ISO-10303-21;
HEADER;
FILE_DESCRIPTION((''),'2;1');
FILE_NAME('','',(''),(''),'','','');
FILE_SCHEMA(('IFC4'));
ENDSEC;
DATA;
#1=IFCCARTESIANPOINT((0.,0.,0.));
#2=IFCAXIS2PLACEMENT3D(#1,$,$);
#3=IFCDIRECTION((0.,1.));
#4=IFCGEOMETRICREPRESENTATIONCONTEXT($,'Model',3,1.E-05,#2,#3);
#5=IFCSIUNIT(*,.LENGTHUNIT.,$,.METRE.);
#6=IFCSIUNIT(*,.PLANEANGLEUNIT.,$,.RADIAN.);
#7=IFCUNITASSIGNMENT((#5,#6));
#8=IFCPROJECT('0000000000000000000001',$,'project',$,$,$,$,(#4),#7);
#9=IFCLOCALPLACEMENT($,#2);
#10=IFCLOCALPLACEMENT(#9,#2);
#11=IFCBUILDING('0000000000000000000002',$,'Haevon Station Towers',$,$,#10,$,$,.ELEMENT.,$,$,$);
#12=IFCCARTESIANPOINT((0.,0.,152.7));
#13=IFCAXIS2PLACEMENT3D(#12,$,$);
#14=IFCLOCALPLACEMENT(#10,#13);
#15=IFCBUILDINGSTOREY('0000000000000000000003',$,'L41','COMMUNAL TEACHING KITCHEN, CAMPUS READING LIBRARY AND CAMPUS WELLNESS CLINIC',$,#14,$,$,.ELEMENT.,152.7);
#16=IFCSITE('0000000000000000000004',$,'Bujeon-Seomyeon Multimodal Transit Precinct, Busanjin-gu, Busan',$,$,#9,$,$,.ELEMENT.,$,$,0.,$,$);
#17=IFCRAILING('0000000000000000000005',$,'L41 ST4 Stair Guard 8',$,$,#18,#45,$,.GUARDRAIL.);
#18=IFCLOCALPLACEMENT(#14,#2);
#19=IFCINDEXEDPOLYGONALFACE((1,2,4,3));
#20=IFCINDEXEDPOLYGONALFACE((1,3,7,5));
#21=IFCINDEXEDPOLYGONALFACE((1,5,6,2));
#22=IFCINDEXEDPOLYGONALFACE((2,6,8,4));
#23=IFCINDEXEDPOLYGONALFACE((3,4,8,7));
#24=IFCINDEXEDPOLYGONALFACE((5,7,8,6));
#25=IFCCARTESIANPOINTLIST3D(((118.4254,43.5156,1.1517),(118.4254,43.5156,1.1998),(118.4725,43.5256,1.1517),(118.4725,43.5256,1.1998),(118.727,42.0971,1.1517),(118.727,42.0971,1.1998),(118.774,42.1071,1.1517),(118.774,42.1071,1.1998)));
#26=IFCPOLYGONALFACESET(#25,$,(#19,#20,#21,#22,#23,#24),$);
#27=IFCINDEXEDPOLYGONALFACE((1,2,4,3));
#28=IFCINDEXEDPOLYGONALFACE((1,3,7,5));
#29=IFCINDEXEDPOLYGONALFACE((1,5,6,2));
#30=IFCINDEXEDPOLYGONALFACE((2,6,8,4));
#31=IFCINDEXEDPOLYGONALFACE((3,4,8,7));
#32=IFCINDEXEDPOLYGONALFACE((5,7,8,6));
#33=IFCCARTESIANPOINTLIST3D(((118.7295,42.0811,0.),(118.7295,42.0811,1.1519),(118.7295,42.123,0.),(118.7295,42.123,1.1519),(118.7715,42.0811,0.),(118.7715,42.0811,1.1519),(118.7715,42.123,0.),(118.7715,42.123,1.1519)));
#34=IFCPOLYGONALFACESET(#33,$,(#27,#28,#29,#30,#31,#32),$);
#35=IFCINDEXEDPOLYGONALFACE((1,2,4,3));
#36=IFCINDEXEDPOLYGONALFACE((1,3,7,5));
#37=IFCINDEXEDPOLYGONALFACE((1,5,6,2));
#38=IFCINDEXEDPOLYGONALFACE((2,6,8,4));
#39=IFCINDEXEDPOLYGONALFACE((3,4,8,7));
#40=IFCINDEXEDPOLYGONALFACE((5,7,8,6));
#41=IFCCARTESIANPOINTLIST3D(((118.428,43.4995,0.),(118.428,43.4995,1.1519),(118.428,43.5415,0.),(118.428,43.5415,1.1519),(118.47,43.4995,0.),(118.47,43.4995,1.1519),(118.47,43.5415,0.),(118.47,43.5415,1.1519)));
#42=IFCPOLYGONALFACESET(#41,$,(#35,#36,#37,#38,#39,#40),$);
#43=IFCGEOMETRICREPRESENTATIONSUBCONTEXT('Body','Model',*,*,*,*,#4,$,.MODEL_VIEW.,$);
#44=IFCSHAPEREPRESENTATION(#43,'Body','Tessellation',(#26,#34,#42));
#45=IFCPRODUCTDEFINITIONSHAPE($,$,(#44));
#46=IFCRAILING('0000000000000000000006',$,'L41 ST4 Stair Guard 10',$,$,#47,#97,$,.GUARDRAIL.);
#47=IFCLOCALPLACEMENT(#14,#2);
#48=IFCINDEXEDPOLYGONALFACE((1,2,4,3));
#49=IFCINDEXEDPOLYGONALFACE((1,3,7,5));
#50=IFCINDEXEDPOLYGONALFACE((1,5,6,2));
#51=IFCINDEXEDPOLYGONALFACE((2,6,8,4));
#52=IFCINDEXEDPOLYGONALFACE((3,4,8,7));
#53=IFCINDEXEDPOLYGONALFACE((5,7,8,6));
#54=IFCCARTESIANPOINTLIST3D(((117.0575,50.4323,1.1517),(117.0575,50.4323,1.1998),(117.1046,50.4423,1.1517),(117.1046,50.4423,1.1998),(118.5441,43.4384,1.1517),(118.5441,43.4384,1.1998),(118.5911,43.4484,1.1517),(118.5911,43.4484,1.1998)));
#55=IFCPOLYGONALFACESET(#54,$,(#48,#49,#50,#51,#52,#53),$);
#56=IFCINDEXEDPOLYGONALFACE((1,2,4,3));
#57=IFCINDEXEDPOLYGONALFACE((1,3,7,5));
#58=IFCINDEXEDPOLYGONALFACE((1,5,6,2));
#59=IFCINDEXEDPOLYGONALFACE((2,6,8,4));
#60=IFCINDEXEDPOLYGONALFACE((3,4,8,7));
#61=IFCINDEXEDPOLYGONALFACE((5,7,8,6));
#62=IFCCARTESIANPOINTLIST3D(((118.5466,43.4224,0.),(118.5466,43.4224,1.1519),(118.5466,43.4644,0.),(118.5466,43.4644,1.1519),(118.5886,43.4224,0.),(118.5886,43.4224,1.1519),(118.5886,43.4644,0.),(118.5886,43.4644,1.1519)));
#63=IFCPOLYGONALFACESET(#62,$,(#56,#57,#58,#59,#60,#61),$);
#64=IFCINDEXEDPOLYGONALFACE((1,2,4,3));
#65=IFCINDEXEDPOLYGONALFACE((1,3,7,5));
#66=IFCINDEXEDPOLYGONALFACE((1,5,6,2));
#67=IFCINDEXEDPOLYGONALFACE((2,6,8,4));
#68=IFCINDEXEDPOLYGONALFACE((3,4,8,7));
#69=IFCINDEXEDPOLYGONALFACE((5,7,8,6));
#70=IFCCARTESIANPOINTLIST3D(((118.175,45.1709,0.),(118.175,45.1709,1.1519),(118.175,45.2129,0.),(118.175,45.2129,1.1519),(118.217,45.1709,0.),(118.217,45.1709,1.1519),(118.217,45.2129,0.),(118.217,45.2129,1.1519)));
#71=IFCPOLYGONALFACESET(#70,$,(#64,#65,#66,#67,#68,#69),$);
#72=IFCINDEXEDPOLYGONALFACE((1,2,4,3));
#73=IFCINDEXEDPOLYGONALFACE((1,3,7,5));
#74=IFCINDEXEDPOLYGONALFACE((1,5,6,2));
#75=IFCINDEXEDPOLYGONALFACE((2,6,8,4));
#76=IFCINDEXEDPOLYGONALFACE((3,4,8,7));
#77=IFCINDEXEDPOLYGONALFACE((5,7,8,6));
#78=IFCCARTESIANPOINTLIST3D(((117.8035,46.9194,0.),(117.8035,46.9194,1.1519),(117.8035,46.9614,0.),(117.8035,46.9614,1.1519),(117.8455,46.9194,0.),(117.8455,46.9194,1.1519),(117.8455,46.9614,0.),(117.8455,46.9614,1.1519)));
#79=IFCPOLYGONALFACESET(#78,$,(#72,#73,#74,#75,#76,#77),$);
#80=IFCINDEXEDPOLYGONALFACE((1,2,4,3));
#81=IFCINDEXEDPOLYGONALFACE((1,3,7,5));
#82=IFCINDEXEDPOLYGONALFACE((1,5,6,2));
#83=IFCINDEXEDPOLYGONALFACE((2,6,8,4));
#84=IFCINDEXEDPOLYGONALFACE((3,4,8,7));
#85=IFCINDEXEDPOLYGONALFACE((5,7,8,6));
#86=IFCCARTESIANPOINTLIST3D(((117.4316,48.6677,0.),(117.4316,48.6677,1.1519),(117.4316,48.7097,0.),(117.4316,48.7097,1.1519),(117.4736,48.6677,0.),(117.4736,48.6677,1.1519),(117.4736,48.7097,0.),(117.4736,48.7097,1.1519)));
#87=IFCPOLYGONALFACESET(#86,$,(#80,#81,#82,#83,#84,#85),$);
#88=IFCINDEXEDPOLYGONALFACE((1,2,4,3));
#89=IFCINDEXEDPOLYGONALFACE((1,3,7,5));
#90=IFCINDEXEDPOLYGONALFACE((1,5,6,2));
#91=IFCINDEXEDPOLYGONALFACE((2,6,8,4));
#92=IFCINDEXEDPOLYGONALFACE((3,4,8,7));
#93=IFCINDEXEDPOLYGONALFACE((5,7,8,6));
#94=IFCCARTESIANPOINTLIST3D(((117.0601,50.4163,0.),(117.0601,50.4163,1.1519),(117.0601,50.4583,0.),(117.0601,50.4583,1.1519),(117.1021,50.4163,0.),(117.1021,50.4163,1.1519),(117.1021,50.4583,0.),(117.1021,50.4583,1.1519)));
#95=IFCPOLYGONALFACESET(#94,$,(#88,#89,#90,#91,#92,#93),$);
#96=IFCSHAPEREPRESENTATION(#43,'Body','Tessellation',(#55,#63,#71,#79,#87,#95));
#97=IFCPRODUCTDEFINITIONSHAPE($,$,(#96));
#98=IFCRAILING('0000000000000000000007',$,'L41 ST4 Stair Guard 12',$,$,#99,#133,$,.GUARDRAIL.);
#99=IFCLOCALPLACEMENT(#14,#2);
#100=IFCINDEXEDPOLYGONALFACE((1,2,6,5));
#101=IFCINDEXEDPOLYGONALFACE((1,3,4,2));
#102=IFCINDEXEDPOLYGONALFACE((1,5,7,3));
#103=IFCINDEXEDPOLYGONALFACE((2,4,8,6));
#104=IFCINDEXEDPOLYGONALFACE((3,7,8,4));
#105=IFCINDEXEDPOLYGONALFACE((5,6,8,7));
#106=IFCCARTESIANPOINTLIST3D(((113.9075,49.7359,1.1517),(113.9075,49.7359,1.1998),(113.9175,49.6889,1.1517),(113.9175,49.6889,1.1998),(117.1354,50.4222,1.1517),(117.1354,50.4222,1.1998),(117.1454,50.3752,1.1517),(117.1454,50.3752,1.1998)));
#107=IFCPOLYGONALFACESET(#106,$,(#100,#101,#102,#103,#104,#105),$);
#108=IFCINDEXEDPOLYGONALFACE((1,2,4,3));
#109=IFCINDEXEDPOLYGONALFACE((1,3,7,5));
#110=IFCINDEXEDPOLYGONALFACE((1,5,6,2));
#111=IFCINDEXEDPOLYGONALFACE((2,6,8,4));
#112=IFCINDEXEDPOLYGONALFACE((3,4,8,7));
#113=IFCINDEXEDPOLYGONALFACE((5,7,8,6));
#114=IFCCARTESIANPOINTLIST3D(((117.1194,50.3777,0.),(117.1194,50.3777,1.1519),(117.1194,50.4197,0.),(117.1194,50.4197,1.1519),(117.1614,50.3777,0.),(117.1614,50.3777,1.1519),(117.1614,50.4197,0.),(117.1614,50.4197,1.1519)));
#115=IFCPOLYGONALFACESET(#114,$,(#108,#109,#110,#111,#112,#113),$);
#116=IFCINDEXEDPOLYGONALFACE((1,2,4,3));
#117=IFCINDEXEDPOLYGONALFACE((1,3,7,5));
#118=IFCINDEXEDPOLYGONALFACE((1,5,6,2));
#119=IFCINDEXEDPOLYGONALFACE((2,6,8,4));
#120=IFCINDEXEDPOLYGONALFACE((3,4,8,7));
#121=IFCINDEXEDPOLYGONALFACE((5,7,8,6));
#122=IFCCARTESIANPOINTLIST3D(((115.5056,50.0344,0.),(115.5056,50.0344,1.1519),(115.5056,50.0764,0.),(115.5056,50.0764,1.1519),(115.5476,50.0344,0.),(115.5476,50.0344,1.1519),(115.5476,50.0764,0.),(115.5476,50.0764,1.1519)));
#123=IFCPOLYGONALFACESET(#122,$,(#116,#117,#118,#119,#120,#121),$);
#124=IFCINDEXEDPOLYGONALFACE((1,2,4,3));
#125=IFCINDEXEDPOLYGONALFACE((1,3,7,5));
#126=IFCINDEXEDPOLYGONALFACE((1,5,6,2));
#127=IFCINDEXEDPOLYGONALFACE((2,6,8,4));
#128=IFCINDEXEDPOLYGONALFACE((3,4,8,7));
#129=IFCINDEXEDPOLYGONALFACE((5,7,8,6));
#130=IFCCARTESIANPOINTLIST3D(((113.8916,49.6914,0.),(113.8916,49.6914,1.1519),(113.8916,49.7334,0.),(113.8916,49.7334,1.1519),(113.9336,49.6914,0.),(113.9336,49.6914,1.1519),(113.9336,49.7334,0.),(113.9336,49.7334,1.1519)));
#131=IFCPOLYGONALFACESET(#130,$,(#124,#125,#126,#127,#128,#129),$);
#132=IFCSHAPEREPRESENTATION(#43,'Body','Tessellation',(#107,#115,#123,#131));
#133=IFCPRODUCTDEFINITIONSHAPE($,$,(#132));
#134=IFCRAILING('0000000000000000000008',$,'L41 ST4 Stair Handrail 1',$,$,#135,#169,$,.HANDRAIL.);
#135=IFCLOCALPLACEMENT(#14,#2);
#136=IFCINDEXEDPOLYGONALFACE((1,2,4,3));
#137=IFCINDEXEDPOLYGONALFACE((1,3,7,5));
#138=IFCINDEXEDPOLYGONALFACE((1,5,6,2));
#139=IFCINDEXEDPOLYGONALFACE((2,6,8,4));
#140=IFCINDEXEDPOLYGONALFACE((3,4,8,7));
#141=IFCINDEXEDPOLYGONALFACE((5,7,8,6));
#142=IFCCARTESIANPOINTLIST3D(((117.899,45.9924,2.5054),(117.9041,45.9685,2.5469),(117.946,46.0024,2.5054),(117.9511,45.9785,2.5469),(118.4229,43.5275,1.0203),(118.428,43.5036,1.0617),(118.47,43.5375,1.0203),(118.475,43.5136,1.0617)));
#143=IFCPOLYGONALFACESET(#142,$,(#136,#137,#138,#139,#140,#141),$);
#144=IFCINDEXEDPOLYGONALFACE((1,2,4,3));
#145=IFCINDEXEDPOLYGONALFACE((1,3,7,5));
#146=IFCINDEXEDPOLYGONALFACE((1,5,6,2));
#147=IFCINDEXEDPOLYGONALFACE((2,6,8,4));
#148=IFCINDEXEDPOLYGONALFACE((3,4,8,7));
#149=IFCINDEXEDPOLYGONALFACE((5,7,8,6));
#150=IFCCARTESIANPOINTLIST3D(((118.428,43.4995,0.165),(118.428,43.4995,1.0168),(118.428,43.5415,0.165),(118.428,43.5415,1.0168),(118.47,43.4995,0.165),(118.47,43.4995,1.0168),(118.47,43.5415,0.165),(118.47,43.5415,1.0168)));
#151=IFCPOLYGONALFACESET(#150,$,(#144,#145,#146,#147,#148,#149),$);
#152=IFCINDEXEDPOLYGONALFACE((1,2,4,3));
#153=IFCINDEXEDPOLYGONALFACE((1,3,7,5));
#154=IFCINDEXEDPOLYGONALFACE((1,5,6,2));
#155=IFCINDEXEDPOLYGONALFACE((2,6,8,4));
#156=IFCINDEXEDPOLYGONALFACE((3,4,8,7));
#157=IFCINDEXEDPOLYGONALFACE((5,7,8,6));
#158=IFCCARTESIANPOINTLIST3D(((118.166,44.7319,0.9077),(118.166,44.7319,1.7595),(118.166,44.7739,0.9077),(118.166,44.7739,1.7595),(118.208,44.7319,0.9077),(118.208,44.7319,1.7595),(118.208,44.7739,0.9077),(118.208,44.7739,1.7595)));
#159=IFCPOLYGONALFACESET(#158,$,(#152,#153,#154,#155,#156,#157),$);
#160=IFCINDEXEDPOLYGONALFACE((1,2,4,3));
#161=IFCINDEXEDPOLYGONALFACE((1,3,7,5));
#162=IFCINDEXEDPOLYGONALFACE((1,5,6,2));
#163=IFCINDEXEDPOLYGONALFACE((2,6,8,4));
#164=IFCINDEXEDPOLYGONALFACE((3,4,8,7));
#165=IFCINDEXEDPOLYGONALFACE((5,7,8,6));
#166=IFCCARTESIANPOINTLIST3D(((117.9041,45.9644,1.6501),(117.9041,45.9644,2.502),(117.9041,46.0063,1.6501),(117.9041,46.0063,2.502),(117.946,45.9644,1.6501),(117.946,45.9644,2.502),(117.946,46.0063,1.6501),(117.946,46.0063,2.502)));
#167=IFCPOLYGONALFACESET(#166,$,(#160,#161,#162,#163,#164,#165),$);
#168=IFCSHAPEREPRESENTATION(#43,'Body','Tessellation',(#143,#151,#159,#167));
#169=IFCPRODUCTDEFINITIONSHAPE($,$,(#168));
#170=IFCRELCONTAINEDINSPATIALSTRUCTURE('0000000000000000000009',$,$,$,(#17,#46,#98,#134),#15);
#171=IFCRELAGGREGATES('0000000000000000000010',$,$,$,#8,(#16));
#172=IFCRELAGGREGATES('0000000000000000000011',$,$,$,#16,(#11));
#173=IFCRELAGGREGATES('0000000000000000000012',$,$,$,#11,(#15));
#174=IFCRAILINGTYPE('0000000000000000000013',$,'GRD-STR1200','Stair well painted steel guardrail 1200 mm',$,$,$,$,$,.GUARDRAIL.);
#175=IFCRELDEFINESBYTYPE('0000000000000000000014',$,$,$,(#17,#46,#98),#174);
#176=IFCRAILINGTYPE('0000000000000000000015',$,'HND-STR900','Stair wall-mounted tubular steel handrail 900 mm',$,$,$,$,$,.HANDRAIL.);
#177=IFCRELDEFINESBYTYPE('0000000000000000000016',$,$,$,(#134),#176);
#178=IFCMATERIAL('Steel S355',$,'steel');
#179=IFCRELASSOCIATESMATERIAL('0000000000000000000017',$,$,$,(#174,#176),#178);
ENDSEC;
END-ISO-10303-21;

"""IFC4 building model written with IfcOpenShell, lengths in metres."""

from ifc_helpers import new_model, si_unit, direction, frame, origin, origin_2d, place, context, subcontext, project, spatial, rectangle, extrude, material, type_object, element, save


model = new_model("IFC4")

# Units and contexts
model_context = context("Model", 3, precision=1e-05, world=origin(), true_north=direction((0.0, 1.0)))
body_context = subcontext(model_context, "Body", "Model", "MODEL_VIEW")
ifc_project = project(units=[si_unit("LENGTHUNIT", "METRE"), si_unit("PLANEANGLEUNIT", "RADIAN")], contexts=[model_context])

# Site, building, storey
site_placement = place(None, origin())
site = spatial("IfcSite", under=ifc_project, at=site_placement, Name="Bujeon-Seomyeon Multimodal Transit Precinct, Busanjin-gu, Busan", CompositionType="ELEMENT", RefElevation=0.0)
building_placement = place(site_placement, origin())
building = spatial("IfcBuilding", under=site, at=building_placement, Name="Haevon Station Towers", CompositionType="ELEMENT")
storey_placement = place(building_placement, frame((0.0, 0.0, 152.7)))
storey = spatial("IfcBuildingStorey", under=building, at=storey_placement, Name="L41", Description="COMMUNAL TEACHING KITCHEN, CAMPUS READING LIBRARY AND CAMPUS WELLNESS CLINIC", CompositionType="ELEMENT", Elevation=152.7)

# Shared definitions
ifc_material_1 = material(Name="Steel S355", Category="steel")

# Railings
railing_type_1 = type_object("IfcRailingType", Name="GRD-STR1200", Description="Stair well painted steel guardrail 1200 mm", PredefinedType="GUARDRAIL", material=ifc_material_1)
railing_1_placement = place(storey_placement, frame((118.7505, 42.1021, 0.0)))
element("IfcRailing", 1, at=railing_1_placement, inside=storey, type_object=railing_type_1, Name="L41 ST4 Stair Guard 8", PredefinedType="GUARDRAIL", context=body_context, shape_type="SweptSolid", body=[
    extrude(rectangle(XDim=0.0481, YDim=0.0481, at=origin_2d()), frame((0.0, 0.0, 1.1758), z_axis=(-0.207919, 0.978146, 0.0), x_axis=(-0.978146, -0.207919, 0.0)), (0.0, 0.0, 1.0), 1.4502),
    extrude(rectangle(XDim=0.042, YDim=0.042, at=origin_2d()), origin(), (0.0, 0.0, 1.0), 1.1519),
    extrude(rectangle(XDim=0.042, YDim=0.042, at=origin_2d()), frame((-0.3015, 1.4185, 0.0)), (0.0, 0.0, 1.0), 1.1519),
])
railing_2_placement = place(storey_placement, frame((118.5676, 43.4434, 0.0)))
element("IfcRailing", 2, at=railing_2_placement, inside=storey, type_object=railing_type_1, Name="L41 ST4 Stair Guard 10", PredefinedType="GUARDRAIL", context=body_context, shape_type="SweptSolid", body=[
    extrude(rectangle(XDim=0.0481, YDim=0.0481, at=origin_2d()), frame((0.0, 0.0, 1.1758), z_axis=(-0.207908, 0.978148, 0.0), x_axis=(-0.978148, -0.207908, 0.0)), (0.0, 0.0, 1.0), 7.1501),
    extrude(rectangle(XDim=0.042, YDim=0.042, at=origin_2d()), origin(), (0.0, 0.0, 1.0), 1.1519),
    extrude(rectangle(XDim=0.042, YDim=0.042, at=origin_2d()), frame((-0.3716, 1.7485, 0.0)), (0.0, 0.0, 1.0), 1.1519),
    extrude(rectangle(XDim=0.042, YDim=0.042, at=origin_2d()), frame((-0.7432, 3.4971, 0.0)), (0.0, 0.0, 1.0), 1.1519),
    extrude(rectangle(XDim=0.042, YDim=0.042, at=origin_2d()), frame((-1.115, 5.2454, 0.0)), (0.0, 0.0, 1.0), 1.1519),
    extrude(rectangle(XDim=0.042, YDim=0.042, at=origin_2d()), frame((-1.4866, 6.9939, 0.0)), (0.0, 0.0, 1.0), 1.1519),
])
railing_3_placement = place(storey_placement, frame((117.1404, 50.3987, 0.0)))
element("IfcRailing", 3, at=railing_3_placement, inside=storey, type_object=railing_type_1, Name="L41 ST4 Stair Guard 12", PredefinedType="GUARDRAIL", context=body_context, shape_type="SweptSolid", body=[
    extrude(rectangle(XDim=0.0481, YDim=0.0481, at=origin_2d()), frame((0.0, 0.0, 1.1758), z_axis=(-0.978136, -0.207968, 0.0), x_axis=(0.207968, -0.978136, 0.0)), (0.0, 0.0, 1.0), 3.3),
    extrude(rectangle(XDim=0.042, YDim=0.042, at=origin_2d()), origin(), (0.0, 0.0, 1.0), 1.1519),
    extrude(rectangle(XDim=0.042, YDim=0.042, at=origin_2d()), frame((-1.6138, -0.3433, 0.0)), (0.0, 0.0, 1.0), 1.1519),
    extrude(rectangle(XDim=0.042, YDim=0.042, at=origin_2d()), frame((-3.2278, -0.6863, 0.0)), (0.0, 0.0, 1.0), 1.1519),
])
railing_type_2 = type_object("IfcRailingType", Name="HND-STR900", Description="Stair wall-mounted tubular steel handrail 900 mm", PredefinedType="HANDRAIL", material=ifc_material_1)
railing_4_placement = place(storey_placement, frame((118.449, 43.5205, 0.165)))
element("IfcRailing", 4, at=railing_4_placement, inside=storey, type_object=railing_type_2, Name="L41 ST4 Stair Handrail 1", PredefinedType="HANDRAIL", context=body_context, shape_type="SweptSolid", body=[
    extrude(rectangle(XDim=0.0481, YDim=0.0481, at=origin_2d()), frame((0.0, 0.0, 0.876), z_axis=(-0.179121, 0.842688, 0.507733), x_axis=(-0.978147, -0.207914, 0.0)), (0.0, 0.0, 1.0), 2.925),
    extrude(rectangle(XDim=0.042, YDim=0.042, at=origin_2d()), origin(), (0.0, 0.0, 1.0), 0.8518),
    extrude(rectangle(XDim=0.042, YDim=0.042, at=origin_2d()), frame((-0.262, 1.2324, 0.7427)), (0.0, 0.0, 1.0), 0.8518),
    extrude(rectangle(XDim=0.042, YDim=0.042, at=origin_2d()), frame((-0.5239, 2.4648, 1.4851)), (0.0, 0.0, 1.0), 0.8518),
])

save(model, "model.ifc")
